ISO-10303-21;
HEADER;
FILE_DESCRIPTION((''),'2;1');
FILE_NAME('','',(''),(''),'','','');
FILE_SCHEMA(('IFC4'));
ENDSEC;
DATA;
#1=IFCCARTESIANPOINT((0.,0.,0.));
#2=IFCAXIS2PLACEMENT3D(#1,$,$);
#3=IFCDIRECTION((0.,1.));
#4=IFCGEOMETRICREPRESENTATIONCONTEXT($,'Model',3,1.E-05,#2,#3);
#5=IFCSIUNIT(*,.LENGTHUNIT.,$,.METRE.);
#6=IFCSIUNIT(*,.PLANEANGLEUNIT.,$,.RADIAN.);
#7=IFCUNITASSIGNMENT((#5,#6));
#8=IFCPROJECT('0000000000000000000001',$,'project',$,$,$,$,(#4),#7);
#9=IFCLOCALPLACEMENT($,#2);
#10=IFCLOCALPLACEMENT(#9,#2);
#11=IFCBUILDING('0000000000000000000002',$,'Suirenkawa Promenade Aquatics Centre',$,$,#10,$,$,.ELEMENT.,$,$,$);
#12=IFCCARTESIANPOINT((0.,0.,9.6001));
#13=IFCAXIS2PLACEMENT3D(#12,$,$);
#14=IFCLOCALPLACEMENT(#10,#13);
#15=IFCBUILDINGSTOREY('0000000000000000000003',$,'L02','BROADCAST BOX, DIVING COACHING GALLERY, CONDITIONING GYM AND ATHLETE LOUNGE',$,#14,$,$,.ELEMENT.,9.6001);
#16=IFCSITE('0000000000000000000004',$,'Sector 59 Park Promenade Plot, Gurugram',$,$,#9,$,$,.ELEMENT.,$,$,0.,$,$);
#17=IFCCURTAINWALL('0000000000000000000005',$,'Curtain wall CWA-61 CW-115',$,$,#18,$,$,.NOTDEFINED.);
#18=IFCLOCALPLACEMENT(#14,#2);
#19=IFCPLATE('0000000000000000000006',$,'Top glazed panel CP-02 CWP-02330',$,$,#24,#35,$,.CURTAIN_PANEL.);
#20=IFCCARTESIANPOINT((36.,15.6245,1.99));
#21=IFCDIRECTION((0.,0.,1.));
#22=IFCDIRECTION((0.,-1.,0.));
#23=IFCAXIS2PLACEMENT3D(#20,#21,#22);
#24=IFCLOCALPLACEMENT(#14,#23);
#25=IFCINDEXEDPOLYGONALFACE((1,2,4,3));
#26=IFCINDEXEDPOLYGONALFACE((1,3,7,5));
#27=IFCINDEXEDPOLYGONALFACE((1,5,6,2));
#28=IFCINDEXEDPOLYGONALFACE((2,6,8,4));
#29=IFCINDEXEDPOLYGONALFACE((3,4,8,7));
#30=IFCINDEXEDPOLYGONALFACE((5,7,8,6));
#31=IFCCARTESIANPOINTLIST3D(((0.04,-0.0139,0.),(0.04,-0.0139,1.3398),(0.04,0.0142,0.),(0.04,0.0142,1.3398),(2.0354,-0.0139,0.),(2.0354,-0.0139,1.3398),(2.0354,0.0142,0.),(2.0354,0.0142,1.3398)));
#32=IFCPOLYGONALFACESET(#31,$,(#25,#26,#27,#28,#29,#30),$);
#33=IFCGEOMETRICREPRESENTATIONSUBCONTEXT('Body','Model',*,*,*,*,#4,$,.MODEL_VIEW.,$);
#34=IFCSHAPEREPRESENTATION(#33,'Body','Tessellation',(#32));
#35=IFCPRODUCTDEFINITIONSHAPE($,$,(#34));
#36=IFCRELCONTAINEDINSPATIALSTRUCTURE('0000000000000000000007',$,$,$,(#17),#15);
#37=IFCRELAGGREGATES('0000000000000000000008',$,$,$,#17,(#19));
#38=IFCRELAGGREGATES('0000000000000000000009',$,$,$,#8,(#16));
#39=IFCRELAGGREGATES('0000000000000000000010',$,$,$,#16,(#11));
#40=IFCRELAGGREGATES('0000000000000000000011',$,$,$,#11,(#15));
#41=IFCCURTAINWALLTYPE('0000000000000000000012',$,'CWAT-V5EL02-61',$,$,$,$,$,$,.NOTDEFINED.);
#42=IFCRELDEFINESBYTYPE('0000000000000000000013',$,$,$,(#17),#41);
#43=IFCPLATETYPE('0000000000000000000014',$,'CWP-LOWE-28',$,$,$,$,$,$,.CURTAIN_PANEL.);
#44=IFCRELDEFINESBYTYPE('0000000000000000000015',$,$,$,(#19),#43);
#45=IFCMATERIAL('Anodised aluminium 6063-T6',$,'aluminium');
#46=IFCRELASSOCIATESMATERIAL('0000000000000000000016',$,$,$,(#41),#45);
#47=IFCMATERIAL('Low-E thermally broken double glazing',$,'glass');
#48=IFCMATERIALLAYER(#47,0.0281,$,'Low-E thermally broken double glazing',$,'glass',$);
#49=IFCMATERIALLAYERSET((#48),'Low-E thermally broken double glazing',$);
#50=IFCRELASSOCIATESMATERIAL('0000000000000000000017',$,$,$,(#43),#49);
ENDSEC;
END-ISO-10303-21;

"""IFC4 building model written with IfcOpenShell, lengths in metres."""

from ifc_helpers import new_model, si_unit, direction, frame, origin, place, context, subcontext, project, spatial, polyline, outline, extrude, material, layer, layer_set, type_object, element, aggregate, save


model = new_model("IFC4")

# Units and contexts
model_context = context("Model", 3, precision=1e-05, world=origin(), true_north=direction((0.0, 1.0)))
body_context = subcontext(model_context, "Body", "Model", "MODEL_VIEW")
ifc_project = project(units=[si_unit("LENGTHUNIT", "METRE"), si_unit("PLANEANGLEUNIT", "RADIAN")], contexts=[model_context])

# Site, building, storey
site_placement = place(None, origin())
site = spatial("IfcSite", under=ifc_project, at=site_placement, Name="Sector 59 Park Promenade Plot, Gurugram", CompositionType="ELEMENT", RefElevation=0.0)
building_placement = place(site_placement, origin())
building = spatial("IfcBuilding", under=site, at=building_placement, Name="Suirenkawa Promenade Aquatics Centre", CompositionType="ELEMENT")
storey_placement = place(building_placement, frame((0.0, 0.0, 9.6001)))
storey = spatial("IfcBuildingStorey", under=building, at=storey_placement, Name="L02", Description="BROADCAST BOX, DIVING COACHING GALLERY, CONDITIONING GYM AND ATHLETE LOUNGE", CompositionType="ELEMENT", Elevation=9.6001)

# Curtain wall, plate
ifc_material_1 = material(Name="Anodised aluminium 6063-T6", Category="aluminium")
curtain_wall_type = type_object("IfcCurtainWallType", Name="CWAT-V5EL02-61", PredefinedType="NOTDEFINED", material=ifc_material_1)
curtain_wall_placement = place(storey_placement, origin())
curtain_wall = element("IfcCurtainWall", 1, at=curtain_wall_placement, inside=storey, type_object=curtain_wall_type, Name="Curtain wall CWA-61 CW-115", PredefinedType="NOTDEFINED")
ifc_material_2 = material(Name="Low-E thermally broken double glazing", Category="glass")
ifc_layer_1 = layer(ifc_material_2, 0.0281, Name="Low-E thermally broken double glazing", Category="glass")
ifc_layer_set_1 = layer_set([ifc_layer_1], Name="Low-E thermally broken double glazing")
plate_type = type_object("IfcPlateType", Name="CWP-LOWE-28", PredefinedType="CURTAIN_PANEL", material=ifc_layer_set_1)
plate_1_placement = place(storey_placement, frame((36.0, 15.6245, 1.99), z_axis=(0.0, 0.0, 1.0), x_axis=(0.0, -1.0, 0.0)))
plate_1 = element("IfcPlate", 2, at=plate_1_placement, type_object=plate_type, Name="Top glazed panel CP-02 CWP-02330", PredefinedType="CURTAIN_PANEL", context=body_context, shape_type="SweptSolid", body=[
    extrude(outline(polyline([(0.04, 0.0), (2.0354, 0.0), (2.0354, 1.3398), (0.04, 1.3398), (0.04, 0.0)])), frame((0.0, 0.0142, 0.0), z_axis=(0.0, -1.0, 0.0), x_axis=(1.0, 0.0, 0.0)), (0.0, 0.0, 1.0), 0.0281),
])
aggregate(curtain_wall, [plate_1])

save(model, "model.ifc")
